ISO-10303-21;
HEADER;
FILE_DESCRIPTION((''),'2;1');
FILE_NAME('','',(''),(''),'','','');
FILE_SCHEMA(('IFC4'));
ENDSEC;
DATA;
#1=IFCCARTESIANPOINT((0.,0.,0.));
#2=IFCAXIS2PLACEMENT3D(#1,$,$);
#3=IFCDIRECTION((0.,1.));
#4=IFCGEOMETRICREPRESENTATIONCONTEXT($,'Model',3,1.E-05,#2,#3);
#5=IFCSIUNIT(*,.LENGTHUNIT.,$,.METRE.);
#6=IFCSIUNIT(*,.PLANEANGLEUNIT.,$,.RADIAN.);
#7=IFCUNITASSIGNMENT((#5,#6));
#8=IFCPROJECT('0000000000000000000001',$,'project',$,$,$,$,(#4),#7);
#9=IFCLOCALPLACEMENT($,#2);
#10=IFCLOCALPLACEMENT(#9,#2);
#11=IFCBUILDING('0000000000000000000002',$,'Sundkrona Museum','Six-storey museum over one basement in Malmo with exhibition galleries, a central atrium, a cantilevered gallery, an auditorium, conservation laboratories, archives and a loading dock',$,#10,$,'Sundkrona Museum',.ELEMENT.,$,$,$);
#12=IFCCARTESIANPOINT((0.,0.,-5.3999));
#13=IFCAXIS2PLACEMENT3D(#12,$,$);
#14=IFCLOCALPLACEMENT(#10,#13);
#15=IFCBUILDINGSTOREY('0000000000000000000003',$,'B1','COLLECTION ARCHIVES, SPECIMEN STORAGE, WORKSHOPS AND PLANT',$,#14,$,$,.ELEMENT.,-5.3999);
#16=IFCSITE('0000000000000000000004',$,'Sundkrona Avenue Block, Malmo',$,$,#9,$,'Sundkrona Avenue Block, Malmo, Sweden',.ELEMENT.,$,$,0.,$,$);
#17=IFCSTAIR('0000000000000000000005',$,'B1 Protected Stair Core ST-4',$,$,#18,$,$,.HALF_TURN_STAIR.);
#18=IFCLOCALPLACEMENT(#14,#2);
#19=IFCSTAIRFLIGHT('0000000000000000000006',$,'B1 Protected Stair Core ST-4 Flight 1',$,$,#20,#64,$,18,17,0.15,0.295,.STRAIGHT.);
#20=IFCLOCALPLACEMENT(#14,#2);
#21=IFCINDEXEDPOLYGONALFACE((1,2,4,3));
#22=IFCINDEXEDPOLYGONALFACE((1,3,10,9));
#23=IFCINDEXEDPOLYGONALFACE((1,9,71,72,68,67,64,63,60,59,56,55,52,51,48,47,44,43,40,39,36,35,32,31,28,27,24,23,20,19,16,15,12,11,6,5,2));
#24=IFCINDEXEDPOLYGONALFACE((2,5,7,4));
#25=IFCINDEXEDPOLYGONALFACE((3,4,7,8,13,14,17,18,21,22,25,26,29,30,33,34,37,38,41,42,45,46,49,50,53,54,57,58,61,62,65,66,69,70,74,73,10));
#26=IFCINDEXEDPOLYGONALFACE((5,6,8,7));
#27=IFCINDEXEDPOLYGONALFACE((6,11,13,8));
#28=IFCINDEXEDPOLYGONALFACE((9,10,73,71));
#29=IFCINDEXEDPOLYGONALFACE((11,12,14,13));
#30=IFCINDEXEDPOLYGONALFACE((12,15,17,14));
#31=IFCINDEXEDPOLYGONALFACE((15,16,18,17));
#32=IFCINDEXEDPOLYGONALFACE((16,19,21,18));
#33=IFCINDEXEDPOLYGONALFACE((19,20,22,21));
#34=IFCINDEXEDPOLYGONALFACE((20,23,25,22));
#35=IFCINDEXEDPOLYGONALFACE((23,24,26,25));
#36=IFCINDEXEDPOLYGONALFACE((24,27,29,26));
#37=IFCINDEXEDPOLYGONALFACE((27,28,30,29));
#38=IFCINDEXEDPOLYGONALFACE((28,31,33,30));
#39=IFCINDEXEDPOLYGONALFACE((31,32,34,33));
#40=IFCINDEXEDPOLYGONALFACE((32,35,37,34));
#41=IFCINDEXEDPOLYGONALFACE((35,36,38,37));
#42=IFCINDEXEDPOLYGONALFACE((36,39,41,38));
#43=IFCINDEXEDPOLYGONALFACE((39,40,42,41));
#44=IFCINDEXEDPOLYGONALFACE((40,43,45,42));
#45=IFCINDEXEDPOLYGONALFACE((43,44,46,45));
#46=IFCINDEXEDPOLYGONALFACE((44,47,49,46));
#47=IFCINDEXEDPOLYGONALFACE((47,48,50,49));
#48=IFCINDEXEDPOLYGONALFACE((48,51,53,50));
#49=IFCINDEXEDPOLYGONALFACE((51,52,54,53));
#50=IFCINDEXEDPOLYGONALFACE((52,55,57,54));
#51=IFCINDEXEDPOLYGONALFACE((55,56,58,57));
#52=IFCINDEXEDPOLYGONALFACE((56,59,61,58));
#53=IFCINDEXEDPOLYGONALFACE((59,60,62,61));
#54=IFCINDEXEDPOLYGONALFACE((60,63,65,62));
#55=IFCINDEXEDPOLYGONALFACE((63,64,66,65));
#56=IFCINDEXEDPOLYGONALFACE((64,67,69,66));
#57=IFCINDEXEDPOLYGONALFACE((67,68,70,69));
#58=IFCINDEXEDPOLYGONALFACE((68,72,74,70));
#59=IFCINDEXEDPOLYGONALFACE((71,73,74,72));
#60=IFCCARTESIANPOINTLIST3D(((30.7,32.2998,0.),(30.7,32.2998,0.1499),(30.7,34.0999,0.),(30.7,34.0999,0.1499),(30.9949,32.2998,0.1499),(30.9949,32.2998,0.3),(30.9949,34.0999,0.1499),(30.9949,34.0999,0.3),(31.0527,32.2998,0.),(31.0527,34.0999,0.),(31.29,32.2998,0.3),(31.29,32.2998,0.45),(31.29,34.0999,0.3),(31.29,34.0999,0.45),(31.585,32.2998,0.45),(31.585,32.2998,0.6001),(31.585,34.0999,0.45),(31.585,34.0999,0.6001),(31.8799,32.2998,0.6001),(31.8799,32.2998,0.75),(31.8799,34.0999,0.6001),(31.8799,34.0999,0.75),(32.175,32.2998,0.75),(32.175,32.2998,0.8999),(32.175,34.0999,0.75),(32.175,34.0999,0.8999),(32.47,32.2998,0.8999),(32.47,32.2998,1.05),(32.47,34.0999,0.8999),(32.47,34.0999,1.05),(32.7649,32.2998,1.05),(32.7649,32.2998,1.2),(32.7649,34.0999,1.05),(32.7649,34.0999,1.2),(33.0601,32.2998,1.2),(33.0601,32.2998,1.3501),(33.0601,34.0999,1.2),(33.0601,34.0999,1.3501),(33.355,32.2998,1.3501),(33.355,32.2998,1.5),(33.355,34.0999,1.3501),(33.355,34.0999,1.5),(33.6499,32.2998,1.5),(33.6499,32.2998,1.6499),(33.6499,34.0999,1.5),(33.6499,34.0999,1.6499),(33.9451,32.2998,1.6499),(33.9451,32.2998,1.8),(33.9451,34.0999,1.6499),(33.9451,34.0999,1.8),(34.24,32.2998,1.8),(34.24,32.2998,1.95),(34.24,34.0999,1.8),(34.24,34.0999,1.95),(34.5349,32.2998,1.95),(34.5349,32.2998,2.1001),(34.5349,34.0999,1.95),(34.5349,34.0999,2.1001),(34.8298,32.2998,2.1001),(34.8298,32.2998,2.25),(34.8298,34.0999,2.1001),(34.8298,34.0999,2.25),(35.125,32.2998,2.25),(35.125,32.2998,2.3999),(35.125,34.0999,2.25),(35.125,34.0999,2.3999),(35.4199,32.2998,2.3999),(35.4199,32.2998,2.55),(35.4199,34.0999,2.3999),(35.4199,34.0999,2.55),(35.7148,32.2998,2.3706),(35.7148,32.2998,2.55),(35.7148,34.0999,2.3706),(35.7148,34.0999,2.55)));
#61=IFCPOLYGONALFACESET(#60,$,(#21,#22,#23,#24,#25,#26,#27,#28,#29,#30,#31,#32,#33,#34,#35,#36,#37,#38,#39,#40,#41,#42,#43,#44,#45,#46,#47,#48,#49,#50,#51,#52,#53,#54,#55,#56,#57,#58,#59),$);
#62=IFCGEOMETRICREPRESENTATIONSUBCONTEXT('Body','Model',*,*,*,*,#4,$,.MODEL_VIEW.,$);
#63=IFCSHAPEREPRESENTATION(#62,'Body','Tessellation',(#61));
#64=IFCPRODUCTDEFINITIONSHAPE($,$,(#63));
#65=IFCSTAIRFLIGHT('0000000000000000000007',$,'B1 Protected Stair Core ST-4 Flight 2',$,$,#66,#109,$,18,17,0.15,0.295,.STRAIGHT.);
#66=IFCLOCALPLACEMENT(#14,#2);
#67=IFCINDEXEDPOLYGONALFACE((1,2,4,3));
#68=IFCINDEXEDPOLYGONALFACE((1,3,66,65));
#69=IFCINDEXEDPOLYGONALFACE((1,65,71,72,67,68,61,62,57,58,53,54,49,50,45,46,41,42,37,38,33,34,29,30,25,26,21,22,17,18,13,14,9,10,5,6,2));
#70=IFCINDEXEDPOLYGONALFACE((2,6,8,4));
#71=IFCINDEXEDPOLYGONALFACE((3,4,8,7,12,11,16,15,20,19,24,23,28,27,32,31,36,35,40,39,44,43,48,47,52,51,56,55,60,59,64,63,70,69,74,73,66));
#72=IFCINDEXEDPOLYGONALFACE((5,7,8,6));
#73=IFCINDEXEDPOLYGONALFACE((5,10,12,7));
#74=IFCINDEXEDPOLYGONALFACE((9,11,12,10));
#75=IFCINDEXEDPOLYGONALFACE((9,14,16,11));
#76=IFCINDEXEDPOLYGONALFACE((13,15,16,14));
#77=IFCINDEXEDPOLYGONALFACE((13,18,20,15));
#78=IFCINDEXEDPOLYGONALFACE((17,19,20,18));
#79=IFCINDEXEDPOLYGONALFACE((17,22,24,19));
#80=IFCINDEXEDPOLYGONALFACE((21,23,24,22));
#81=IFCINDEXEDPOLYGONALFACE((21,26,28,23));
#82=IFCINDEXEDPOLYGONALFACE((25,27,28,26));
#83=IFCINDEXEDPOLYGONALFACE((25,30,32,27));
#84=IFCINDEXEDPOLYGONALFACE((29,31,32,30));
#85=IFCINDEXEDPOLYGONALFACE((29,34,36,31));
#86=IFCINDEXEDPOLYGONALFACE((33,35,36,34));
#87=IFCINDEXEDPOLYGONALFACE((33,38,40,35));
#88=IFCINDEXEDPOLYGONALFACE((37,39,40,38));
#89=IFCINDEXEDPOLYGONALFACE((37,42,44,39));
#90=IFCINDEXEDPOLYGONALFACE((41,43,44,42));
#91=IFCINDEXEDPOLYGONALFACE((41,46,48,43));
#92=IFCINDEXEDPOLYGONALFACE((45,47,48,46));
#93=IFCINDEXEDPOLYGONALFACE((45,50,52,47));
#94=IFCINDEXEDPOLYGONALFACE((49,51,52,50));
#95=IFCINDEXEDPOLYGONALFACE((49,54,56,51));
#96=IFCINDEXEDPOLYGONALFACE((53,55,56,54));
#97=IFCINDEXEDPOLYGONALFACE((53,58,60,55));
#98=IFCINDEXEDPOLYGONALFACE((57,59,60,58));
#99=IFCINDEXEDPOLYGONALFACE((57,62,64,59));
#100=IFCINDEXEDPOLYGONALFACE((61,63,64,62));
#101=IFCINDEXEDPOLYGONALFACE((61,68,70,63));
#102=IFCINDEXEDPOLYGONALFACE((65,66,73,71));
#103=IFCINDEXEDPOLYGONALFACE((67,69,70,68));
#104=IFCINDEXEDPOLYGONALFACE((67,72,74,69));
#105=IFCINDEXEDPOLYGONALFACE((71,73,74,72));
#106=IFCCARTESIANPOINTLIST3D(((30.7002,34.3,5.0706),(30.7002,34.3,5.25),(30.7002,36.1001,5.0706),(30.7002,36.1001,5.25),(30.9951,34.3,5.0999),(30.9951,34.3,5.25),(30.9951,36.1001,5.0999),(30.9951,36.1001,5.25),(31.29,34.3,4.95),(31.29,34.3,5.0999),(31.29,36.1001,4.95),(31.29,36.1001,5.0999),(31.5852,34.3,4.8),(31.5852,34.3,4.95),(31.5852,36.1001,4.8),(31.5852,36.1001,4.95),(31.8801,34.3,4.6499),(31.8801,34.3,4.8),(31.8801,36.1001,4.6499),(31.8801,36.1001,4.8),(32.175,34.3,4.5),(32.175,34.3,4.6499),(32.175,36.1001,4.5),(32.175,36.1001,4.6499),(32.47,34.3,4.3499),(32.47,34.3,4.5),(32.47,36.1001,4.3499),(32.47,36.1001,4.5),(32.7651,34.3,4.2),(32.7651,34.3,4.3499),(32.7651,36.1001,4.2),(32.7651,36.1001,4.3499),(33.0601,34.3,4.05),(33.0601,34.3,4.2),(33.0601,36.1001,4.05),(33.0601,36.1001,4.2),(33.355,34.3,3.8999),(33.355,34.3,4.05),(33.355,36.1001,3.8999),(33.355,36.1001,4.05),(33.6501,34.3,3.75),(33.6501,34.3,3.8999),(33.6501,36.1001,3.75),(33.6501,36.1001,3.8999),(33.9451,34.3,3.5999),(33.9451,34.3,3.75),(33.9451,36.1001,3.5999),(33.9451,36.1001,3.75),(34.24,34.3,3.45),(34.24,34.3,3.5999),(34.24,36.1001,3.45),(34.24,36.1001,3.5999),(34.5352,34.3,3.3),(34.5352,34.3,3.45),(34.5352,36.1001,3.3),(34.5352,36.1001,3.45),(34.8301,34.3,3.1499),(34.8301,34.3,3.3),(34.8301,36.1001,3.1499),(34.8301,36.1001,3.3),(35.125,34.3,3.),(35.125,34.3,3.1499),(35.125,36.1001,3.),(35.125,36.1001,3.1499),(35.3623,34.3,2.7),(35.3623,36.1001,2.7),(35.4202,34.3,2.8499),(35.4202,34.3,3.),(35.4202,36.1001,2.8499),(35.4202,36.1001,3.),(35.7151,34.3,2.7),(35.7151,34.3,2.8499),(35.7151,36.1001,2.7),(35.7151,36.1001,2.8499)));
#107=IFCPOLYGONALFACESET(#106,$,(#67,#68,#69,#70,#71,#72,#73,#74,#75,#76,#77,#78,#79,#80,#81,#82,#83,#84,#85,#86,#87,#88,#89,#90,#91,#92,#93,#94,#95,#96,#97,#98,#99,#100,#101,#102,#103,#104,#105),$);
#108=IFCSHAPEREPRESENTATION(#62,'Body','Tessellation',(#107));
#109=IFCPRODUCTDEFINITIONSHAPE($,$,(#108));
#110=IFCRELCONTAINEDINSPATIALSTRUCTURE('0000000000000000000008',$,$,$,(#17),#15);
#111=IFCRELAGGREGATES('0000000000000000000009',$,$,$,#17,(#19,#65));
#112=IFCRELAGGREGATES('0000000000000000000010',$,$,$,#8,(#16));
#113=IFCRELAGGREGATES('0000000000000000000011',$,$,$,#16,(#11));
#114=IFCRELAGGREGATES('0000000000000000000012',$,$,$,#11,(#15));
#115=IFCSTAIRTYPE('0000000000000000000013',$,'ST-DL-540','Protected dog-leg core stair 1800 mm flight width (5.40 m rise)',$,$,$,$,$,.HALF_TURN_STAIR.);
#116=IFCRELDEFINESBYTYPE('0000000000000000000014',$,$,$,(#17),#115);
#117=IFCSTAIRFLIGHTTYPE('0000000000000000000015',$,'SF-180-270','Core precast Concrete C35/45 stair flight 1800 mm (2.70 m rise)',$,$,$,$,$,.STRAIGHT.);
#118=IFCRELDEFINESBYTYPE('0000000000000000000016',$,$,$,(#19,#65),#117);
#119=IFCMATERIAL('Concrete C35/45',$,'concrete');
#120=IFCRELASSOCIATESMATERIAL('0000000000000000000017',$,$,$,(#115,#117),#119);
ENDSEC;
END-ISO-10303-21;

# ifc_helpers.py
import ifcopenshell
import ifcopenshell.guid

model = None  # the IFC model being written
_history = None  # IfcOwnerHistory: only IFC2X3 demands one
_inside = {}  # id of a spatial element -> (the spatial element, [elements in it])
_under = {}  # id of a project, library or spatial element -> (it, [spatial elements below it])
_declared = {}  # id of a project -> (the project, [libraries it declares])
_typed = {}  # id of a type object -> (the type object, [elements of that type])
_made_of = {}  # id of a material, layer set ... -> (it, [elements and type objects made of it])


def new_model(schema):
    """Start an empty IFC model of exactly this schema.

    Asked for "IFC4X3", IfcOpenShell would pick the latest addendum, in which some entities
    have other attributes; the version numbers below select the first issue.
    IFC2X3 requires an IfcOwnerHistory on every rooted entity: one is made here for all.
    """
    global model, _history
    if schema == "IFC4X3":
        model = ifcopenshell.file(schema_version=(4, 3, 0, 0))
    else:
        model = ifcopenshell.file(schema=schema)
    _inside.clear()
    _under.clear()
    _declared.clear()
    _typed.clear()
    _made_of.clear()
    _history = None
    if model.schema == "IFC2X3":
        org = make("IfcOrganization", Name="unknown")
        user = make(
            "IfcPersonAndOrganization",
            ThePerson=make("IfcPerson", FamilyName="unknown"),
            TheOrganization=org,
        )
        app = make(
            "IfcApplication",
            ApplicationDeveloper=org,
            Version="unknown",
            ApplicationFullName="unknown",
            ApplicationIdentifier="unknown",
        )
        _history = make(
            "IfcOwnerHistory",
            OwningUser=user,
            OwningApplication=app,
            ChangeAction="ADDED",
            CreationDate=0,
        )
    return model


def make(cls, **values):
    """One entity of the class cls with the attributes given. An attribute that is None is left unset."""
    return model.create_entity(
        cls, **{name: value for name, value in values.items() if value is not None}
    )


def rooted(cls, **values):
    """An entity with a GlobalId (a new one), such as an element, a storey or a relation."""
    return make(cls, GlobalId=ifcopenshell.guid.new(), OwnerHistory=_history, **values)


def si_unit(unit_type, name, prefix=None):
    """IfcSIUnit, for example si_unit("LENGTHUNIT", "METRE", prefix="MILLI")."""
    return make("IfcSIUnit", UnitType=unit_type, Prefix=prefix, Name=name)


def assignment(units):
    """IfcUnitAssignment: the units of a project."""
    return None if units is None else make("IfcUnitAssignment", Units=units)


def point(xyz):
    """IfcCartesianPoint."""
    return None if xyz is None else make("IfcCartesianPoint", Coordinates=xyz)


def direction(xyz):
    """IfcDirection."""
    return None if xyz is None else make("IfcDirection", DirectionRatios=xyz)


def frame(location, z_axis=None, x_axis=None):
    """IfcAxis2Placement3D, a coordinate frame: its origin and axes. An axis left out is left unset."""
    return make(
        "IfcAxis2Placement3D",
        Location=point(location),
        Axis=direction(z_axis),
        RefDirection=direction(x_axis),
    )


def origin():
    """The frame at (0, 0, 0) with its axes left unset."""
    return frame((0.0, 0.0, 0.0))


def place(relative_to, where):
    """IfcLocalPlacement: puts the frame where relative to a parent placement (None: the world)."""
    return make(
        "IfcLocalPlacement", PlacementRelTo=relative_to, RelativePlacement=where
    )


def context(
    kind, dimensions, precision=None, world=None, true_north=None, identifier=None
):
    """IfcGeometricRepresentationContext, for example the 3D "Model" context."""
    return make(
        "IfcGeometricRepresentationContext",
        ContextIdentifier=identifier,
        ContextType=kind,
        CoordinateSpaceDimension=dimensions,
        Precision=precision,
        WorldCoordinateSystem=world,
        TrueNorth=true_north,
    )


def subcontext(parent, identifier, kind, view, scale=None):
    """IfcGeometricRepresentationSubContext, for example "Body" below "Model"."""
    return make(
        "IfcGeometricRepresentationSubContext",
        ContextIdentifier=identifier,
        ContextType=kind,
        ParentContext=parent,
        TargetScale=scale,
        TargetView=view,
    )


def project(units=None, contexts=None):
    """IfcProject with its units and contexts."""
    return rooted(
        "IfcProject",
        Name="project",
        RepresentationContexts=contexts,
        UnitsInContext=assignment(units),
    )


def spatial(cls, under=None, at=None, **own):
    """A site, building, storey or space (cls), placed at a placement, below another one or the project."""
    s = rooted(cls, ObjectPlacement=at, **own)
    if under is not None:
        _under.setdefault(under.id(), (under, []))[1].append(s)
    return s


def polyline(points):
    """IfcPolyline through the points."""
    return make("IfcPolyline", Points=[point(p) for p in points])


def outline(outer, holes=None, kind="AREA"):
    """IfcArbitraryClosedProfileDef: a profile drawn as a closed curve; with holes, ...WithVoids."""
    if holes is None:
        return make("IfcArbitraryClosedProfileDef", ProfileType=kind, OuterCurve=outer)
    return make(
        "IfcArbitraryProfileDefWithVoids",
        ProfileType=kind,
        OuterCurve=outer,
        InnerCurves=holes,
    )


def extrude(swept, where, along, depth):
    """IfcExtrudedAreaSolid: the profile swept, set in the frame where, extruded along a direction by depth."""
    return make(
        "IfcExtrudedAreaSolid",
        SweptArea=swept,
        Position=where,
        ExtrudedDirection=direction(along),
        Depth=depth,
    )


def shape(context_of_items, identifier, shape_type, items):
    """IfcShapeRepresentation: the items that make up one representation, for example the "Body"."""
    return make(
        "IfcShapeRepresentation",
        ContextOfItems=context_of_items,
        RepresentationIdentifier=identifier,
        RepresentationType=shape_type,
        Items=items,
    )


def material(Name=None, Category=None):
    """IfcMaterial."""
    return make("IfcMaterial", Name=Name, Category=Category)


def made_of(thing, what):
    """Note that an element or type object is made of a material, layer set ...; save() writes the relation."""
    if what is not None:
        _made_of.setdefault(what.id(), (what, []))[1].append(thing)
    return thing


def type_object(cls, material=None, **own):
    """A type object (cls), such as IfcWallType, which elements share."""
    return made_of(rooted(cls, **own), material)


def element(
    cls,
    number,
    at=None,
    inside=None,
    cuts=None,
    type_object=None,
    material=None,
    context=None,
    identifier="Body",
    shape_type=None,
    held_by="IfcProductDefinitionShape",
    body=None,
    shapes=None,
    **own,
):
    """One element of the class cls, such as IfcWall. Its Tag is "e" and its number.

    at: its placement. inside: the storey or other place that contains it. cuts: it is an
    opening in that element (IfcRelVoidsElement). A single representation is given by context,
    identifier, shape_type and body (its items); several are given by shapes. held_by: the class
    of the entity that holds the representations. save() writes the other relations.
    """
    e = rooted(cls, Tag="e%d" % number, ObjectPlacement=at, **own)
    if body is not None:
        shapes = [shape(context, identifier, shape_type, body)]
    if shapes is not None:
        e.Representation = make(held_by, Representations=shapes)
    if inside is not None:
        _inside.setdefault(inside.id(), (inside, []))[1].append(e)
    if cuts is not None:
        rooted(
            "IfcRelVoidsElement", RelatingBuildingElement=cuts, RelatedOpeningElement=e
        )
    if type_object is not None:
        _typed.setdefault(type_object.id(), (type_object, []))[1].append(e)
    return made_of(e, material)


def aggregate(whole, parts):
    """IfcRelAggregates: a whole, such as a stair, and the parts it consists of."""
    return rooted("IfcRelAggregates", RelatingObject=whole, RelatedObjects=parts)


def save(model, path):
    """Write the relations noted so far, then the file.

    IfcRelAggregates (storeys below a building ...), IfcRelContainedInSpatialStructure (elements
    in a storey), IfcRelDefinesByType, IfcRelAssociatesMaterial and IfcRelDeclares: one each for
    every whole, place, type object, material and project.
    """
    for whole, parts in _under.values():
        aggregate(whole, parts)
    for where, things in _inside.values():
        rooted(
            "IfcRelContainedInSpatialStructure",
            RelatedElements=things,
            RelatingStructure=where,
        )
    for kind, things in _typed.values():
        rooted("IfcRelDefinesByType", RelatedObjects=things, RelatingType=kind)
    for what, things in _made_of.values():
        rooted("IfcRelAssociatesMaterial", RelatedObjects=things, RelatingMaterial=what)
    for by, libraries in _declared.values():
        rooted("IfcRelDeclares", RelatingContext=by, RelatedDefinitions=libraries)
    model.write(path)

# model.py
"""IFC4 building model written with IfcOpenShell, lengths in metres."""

from ifc_helpers import new_model, si_unit, direction, frame, origin, place, context, subcontext, project, spatial, polyline, outline, extrude, material, type_object, element, aggregate, save


model = new_model("IFC4")

# Units and contexts
model_context = context("Model", 3, precision=1e-05, world=origin(), true_north=direction((0.0, 1.0)))
body_context = subcontext(model_context, "Body", "Model", "MODEL_VIEW")
ifc_project = project(units=[si_unit("LENGTHUNIT", "METRE"), si_unit("PLANEANGLEUNIT", "RADIAN")], contexts=[model_context])

# Site, building, storey
site_placement = place(None, origin())
site = spatial("IfcSite", under=ifc_project, at=site_placement, Name="Sundkrona Avenue Block, Malmo", LongName="Sundkrona Avenue Block, Malmo, Sweden", CompositionType="ELEMENT", RefElevation=0.0)
building_placement = place(site_placement, origin())
building = spatial("IfcBuilding", under=site, at=building_placement, Name="Sundkrona Museum", Description="Six-storey museum over one basement in Malmo with exhibition galleries, a central atrium, a cantilevered gallery, an auditorium, conservation laboratories, archives and a loading dock", LongName="Sundkrona Museum", CompositionType="ELEMENT")
storey_placement = place(building_placement, frame((0.0, 0.0, -5.3999)))
storey = spatial("IfcBuildingStorey", under=building, at=storey_placement, Name="B1", Description="COLLECTION ARCHIVES, SPECIMEN STORAGE, WORKSHOPS AND PLANT", CompositionType="ELEMENT", Elevation=-5.3999)

# Stair, stair flights
ifc_material_1 = material(Name="Concrete C35/45", Category="concrete")
stair_type = type_object("IfcStairType", Name="ST-DL-540", Description="Protected dog-leg core stair 1800 mm flight width (5.40 m rise)", PredefinedType="HALF_TURN_STAIR", material=ifc_material_1)
stair_placement = place(storey_placement, origin())
stair = element("IfcStair", 1, at=stair_placement, inside=storey, type_object=stair_type, Name="B1 Protected Stair Core ST-4", PredefinedType="HALF_TURN_STAIR")
stair_flight_type = type_object("IfcStairFlightType", Name="SF-180-270", Description="Core precast Concrete C35/45 stair flight 1800 mm (2.70 m rise)", PredefinedType="STRAIGHT", material=ifc_material_1)
stair_flight_1_placement = place(storey_placement, frame((30.7, 33.2, 0.0), z_axis=(0.0, 0.0, 1.0), x_axis=(1.0, 0.0, 0.0)))
stair_flight_1 = element("IfcStairFlight", 2, at=stair_flight_1_placement, type_object=stair_flight_type, Name="B1 Protected Stair Core ST-4 Flight 1", NumberOfRisers=18, NumberOfTreads=17, PredefinedType="STRAIGHT", RiserHeight=0.15, TreadLength=0.295, context=body_context, shape_type="SweptSolid", body=[
    extrude(outline(polyline([(0.0, 0.0), (0.0, 0.1499), (0.2949, 0.1499), (0.2949, 0.3), (0.5901, 0.3), (0.5901, 0.45), (0.885, 0.45), (0.885, 0.6001), (1.1799, 0.6001), (1.1799, 0.75), (1.4751, 0.75), (1.4751, 0.8999), (1.77, 0.8999), (1.77, 1.05), (2.0649, 1.05), (2.0649, 1.2), (2.3601, 1.2), (2.3601, 1.3501), (2.655, 1.3501), (2.655, 1.5), (2.95, 1.5), (2.95, 1.6499), (3.2451, 1.6499), (3.2451, 1.8), (3.54, 1.8), (3.54, 1.95), (3.835, 1.95), (3.835, 2.1001), (4.1299, 2.1001), (4.1299, 2.25), (4.425, 2.25), (4.425, 2.3999), (4.72, 2.3999), (4.72, 2.55), (5.0149, 2.55), (5.0149, 2.7), (5.0149, 2.3706), (0.3528, 0.0), (0.0, 0.0)])), frame((0.0, 0.8999, 0.0), z_axis=(0.0, -1.0, 0.0), x_axis=(1.0, 0.0, 0.0)), (0.0, 0.0, 1.0), 1.8),
])
stair_flight_2_placement = place(storey_placement, frame((35.7151, 35.2, 2.7), z_axis=(0.0, 0.0, 1.0), x_axis=(-1.0, 0.0, 0.0)))
stair_flight_2 = element("IfcStairFlight", 3, at=stair_flight_2_placement, type_object=stair_flight_type, Name="B1 Protected Stair Core ST-4 Flight 2", NumberOfRisers=18, NumberOfTreads=17, PredefinedType="STRAIGHT", RiserHeight=0.15, TreadLength=0.295, context=body_context, shape_type="SweptSolid", body=[
    extrude(outline(polyline([(0.0, 0.0), (0.0, 0.1499), (0.2949, 0.1499), (0.2949, 0.3), (0.5901, 0.3), (0.5901, 0.45), (0.885, 0.45), (0.885, 0.6001), (1.1799, 0.6001), (1.1799, 0.75), (1.4751, 0.75), (1.4751, 0.8999), (1.77, 0.8999), (1.77, 1.05), (2.0649, 1.05), (2.0649, 1.2), (2.3601, 1.2), (2.3601, 1.3501), (2.655, 1.3501), (2.655, 1.5), (2.95, 1.5), (2.95, 1.6499), (3.2451, 1.6499), (3.2451, 1.8), (3.54, 1.8), (3.54, 1.95), (3.835, 1.95), (3.835, 2.1001), (4.1299, 2.1001), (4.1299, 2.25), (4.425, 2.25), (4.425, 2.3999), (4.72, 2.3999), (4.72, 2.55), (5.0149, 2.55), (5.0149, 2.7), (5.0149, 2.3706), (0.3528, 0.0), (0.0, 0.0)])), frame((0.0, 0.8999, 0.0), z_axis=(0.0, -1.0, 0.0), x_axis=(1.0, 0.0, 0.0)), (0.0, 0.0, 1.0), 1.8),
])
aggregate(stair, [stair_flight_1, stair_flight_2])

save(model, "model.ifc")
